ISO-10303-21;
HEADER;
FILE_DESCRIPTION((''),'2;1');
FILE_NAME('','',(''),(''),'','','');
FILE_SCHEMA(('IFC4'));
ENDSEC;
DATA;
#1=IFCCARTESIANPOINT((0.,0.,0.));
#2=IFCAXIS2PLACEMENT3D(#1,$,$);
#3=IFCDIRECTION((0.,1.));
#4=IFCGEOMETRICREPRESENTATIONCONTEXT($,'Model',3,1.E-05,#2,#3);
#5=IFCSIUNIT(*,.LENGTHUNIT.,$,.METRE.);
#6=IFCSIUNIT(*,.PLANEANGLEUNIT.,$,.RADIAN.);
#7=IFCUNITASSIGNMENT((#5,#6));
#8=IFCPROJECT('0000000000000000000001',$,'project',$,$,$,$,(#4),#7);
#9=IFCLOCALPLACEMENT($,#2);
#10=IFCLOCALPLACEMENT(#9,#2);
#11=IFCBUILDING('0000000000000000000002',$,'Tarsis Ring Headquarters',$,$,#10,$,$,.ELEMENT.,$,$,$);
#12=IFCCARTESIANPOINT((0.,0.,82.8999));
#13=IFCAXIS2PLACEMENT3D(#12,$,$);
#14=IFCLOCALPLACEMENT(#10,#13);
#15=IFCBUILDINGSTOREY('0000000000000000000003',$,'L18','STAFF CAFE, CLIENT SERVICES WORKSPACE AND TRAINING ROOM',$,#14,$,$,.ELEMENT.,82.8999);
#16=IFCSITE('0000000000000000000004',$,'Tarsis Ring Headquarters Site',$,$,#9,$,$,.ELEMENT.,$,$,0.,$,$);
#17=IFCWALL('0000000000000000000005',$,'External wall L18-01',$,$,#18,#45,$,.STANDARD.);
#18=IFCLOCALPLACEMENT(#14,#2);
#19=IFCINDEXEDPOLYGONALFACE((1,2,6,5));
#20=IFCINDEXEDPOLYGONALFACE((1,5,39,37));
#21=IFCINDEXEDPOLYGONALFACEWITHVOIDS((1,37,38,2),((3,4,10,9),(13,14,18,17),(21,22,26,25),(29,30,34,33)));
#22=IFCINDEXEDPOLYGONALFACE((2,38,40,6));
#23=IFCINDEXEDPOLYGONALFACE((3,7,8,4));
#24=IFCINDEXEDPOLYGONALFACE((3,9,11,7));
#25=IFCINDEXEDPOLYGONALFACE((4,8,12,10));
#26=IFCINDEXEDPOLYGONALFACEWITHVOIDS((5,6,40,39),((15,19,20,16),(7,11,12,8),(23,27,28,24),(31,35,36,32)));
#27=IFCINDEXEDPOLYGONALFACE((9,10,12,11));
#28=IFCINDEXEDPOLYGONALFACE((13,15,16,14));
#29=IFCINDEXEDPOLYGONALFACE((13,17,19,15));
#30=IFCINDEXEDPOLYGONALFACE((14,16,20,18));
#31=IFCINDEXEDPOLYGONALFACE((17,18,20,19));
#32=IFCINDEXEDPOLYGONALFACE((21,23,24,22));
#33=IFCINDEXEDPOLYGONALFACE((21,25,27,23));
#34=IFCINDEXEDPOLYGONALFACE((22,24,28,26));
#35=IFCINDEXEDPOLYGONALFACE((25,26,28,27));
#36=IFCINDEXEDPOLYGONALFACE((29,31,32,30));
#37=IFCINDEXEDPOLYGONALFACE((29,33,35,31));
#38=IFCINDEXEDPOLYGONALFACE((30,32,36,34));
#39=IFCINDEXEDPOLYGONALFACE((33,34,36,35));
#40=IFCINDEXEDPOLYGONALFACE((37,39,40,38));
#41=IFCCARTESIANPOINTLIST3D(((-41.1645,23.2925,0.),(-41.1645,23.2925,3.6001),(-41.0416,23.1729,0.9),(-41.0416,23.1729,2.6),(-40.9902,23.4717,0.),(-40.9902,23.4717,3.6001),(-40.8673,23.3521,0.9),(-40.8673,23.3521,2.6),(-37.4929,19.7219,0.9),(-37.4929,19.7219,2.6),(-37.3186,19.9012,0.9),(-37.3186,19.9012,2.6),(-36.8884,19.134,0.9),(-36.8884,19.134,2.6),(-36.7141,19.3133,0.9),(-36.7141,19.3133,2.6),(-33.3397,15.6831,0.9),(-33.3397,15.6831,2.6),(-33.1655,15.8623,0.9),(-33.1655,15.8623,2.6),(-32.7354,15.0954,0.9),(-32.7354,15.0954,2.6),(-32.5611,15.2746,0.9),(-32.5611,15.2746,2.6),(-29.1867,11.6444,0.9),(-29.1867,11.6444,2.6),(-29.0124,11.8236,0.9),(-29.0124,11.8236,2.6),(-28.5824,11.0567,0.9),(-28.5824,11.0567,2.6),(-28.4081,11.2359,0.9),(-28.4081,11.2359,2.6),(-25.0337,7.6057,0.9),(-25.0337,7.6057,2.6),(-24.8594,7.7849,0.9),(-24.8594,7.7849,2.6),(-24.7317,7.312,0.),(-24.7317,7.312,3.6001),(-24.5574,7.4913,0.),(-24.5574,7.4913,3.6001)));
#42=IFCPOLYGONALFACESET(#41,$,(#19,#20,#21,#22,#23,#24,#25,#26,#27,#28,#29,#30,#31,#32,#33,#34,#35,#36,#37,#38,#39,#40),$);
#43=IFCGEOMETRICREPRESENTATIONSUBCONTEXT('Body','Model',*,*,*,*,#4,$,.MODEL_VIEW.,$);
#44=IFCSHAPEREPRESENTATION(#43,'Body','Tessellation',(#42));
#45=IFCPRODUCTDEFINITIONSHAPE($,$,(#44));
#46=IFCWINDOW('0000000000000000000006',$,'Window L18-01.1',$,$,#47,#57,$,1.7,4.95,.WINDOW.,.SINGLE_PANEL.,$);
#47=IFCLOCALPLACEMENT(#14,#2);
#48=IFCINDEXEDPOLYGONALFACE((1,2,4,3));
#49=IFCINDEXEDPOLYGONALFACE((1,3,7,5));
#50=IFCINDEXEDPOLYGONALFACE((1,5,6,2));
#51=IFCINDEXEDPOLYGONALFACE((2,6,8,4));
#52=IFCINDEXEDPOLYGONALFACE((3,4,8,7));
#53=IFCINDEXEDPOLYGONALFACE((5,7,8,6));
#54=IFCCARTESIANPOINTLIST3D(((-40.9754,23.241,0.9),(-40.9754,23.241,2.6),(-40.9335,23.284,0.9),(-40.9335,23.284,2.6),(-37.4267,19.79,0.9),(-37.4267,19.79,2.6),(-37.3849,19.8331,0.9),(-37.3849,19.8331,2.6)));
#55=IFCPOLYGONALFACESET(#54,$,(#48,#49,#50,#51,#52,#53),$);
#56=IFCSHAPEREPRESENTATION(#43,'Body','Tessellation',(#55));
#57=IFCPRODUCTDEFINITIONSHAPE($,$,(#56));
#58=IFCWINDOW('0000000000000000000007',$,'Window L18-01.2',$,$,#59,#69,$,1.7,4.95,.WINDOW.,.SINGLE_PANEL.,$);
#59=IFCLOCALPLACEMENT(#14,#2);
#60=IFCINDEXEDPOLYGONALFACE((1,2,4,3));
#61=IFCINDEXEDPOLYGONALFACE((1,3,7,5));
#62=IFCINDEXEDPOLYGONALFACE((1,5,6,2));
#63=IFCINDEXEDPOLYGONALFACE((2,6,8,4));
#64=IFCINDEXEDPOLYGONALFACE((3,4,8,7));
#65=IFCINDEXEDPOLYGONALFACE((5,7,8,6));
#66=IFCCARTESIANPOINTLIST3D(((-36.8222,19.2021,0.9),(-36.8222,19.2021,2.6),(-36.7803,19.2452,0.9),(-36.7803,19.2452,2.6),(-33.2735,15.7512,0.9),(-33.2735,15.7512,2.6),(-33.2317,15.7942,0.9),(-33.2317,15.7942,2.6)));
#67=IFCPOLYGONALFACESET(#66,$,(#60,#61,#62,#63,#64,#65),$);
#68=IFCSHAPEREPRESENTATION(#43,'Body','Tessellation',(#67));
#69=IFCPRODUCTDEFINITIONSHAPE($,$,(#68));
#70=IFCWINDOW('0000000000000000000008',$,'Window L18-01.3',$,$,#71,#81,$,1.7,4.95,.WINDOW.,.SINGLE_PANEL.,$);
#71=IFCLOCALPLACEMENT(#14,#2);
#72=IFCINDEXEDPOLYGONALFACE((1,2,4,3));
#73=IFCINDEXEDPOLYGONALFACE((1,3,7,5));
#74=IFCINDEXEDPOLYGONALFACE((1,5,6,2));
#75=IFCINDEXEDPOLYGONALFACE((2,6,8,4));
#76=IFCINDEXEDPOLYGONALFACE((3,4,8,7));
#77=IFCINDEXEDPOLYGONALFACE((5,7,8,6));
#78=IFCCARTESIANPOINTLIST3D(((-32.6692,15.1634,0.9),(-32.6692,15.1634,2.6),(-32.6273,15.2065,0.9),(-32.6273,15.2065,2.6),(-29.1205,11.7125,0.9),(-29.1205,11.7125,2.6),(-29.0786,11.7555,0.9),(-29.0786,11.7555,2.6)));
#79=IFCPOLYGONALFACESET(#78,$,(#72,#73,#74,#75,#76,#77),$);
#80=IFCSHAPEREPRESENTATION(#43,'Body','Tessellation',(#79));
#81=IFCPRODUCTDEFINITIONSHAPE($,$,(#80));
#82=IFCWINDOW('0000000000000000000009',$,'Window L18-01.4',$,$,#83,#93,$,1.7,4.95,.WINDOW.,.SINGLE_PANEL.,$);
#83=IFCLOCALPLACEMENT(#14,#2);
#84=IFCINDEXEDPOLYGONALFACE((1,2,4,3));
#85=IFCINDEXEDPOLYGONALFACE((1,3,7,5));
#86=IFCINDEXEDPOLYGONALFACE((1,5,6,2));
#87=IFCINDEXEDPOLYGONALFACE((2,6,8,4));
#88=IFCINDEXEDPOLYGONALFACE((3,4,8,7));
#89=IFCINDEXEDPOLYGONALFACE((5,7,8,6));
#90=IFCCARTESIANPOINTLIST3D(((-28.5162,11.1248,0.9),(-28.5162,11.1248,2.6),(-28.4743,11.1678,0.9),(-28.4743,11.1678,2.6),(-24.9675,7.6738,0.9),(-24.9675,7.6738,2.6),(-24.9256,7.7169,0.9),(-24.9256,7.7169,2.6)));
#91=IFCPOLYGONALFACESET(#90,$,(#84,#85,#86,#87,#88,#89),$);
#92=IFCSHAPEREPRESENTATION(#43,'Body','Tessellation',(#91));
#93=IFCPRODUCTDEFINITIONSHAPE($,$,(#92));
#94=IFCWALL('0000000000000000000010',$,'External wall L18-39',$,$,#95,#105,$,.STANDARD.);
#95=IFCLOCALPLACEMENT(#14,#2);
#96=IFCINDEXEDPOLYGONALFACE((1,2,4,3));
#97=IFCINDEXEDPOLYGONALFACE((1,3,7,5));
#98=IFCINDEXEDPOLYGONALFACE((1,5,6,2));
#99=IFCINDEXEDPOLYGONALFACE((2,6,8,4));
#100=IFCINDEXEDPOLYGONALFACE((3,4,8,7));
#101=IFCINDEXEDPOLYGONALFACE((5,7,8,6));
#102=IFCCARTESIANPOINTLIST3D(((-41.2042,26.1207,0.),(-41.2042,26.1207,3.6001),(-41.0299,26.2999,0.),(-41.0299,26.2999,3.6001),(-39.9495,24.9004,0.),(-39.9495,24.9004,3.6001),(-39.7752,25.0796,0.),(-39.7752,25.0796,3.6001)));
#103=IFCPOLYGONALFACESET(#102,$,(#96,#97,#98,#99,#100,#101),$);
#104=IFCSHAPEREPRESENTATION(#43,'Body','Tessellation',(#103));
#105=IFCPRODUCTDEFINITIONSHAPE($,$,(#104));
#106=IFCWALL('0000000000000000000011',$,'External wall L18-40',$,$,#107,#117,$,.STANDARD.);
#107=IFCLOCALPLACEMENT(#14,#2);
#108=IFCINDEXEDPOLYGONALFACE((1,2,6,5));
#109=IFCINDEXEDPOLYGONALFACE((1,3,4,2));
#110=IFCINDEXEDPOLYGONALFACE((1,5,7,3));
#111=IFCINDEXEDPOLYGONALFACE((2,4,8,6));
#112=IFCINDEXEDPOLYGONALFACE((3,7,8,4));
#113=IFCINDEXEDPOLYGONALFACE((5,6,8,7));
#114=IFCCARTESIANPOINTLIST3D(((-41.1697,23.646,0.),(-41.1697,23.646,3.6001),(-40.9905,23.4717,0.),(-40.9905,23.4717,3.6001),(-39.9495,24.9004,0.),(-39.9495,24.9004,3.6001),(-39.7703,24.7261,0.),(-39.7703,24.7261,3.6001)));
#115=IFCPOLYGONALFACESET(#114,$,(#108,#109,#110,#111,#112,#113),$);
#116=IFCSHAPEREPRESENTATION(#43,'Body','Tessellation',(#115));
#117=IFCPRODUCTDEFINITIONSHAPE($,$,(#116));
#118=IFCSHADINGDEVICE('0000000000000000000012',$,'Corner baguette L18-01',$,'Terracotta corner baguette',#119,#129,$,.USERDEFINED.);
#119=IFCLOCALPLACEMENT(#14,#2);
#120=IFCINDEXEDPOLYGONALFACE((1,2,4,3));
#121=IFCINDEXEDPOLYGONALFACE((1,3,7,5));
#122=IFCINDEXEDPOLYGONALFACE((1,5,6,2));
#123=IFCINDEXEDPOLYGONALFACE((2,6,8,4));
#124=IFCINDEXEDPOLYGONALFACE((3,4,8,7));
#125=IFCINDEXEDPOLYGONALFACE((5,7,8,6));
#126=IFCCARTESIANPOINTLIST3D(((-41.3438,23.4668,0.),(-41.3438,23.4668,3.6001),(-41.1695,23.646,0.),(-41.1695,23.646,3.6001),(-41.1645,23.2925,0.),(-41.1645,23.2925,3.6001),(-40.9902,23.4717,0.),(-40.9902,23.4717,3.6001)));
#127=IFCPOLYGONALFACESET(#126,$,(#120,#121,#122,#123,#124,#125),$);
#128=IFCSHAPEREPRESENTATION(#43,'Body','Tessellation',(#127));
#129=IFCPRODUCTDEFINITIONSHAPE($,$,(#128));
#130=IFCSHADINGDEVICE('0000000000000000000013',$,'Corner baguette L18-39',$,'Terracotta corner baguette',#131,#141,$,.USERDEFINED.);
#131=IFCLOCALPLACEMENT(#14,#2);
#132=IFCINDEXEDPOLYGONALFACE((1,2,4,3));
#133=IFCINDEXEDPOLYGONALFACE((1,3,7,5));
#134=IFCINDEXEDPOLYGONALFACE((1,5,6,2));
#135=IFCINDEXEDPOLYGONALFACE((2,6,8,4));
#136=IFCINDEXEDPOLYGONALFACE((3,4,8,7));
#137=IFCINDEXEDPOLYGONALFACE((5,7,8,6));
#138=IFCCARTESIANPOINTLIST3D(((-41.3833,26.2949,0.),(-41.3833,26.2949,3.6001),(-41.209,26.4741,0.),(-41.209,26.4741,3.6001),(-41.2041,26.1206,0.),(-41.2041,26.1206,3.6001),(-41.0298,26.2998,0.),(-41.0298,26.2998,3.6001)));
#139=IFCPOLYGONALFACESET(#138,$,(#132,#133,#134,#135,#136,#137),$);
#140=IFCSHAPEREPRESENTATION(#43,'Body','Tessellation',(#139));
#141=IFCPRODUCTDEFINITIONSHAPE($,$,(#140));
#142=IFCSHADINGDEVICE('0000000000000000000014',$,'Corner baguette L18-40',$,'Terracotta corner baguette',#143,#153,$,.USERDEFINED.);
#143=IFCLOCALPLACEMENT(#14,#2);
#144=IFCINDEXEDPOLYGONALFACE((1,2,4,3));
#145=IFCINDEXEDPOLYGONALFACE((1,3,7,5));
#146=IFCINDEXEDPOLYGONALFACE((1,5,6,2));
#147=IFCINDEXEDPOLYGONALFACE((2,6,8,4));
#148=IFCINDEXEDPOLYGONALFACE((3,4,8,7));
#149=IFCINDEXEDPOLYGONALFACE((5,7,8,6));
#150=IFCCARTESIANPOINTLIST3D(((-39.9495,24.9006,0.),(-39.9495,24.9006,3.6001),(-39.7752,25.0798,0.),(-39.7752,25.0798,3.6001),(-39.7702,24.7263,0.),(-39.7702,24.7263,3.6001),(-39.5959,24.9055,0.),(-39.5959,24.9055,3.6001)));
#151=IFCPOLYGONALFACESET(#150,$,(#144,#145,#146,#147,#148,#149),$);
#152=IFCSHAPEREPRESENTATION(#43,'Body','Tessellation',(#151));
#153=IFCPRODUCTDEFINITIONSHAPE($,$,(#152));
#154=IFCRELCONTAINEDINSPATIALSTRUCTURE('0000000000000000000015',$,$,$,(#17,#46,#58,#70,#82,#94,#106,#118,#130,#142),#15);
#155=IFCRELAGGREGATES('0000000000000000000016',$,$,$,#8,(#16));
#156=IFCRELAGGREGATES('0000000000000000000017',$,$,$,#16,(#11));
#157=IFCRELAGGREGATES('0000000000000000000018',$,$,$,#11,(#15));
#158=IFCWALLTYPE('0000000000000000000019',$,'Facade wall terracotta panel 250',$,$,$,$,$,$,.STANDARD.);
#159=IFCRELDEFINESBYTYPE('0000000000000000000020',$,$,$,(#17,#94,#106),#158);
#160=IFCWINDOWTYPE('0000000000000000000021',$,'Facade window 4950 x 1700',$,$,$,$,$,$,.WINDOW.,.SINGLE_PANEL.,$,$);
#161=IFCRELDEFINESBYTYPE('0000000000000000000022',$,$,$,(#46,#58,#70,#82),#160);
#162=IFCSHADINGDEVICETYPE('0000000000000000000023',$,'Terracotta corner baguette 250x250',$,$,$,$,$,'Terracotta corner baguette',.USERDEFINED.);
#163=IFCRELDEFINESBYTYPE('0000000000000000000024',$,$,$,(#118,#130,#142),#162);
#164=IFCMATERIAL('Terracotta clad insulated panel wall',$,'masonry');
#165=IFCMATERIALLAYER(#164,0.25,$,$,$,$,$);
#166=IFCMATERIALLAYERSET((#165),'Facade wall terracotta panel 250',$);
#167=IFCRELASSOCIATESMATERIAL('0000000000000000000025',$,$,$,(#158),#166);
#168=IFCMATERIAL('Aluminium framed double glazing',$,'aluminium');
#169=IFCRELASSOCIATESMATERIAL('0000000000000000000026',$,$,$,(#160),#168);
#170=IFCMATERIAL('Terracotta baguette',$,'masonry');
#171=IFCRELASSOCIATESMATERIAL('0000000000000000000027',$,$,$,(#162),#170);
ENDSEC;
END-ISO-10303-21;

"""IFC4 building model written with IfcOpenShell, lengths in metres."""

from ifc_helpers import new_model, si_unit, direction, frame, frame_2d, origin, origin_2d, place, context, subcontext, project, spatial, rectangle, extrude, material, layer, layer_set, type_object, element, fill, save


model = new_model("IFC4")

# Units and contexts
model_context = context("Model", 3, precision=1e-05, world=origin(), true_north=direction((0.0, 1.0)))
body_context = subcontext(model_context, "Body", "Model", "MODEL_VIEW")
ifc_project = project(units=[si_unit("LENGTHUNIT", "METRE"), si_unit("PLANEANGLEUNIT", "RADIAN")], contexts=[model_context])

# Site, building, storey
site_placement = place(None, origin())
site = spatial("IfcSite", under=ifc_project, at=site_placement, Name="Tarsis Ring Headquarters Site", CompositionType="ELEMENT", RefElevation=0.0)
building_placement = place(site_placement, origin())
building = spatial("IfcBuilding", under=site, at=building_placement, Name="Tarsis Ring Headquarters", CompositionType="ELEMENT")
storey_placement = place(building_placement, frame((0.0, 0.0, 82.8999)))
storey = spatial("IfcBuildingStorey", under=building, at=storey_placement, Name="L18", Description="STAFF CAFE, CLIENT SERVICES WORKSPACE AND TRAINING ROOM", CompositionType="ELEMENT", Elevation=82.8999)

# Wall, openings, windows
ifc_material_1 = material(Name="Terracotta clad insulated panel wall", Category="masonry")
ifc_layer_1 = layer(ifc_material_1, 0.25)
ifc_layer_set_1 = layer_set([ifc_layer_1], Name="Facade wall terracotta panel 250")
wall_type_1 = type_object("IfcWallType", Name="Facade wall terracotta panel 250", PredefinedType="STANDARD", material=ifc_layer_set_1)
wall_1_placement = place(storey_placement, frame((-41.0774, 23.3821, 0.0), z_axis=(0.0, 0.0, 1.0), x_axis=(0.716906, -0.69717, 0.0)))
wall_1 = element("IfcWall", 1, at=wall_1_placement, inside=storey, type_object=wall_type_1, Name="External wall L18-01", PredefinedType="STANDARD", context=body_context, shape_type="SweptSolid", body=[
    extrude(rectangle(XDim=22.9219, YDim=0.25, at=frame_2d((11.4609, 0.0))), origin(), (0.0, 0.0, 1.0), 3.6001),
])
opening_1_placement = place(wall_1_placement, frame((0.1714, 0.0, 0.8999)))
opening_1 = element("IfcOpeningElement", 2, at=opening_1_placement, cuts=wall_1, PredefinedType="OPENING", context=body_context, shape_type="SweptSolid", body=[
    extrude(rectangle(XDim=4.95, YDim=1.7, at=frame_2d((2.4751, 0.8501))), frame((0.0, 0.135, 0.0), z_axis=(0.0, -1.0, 0.0), x_axis=(1.0, 0.0, 0.0)), (0.0, 0.0, 1.0), 0.27),
])
opening_2_placement = place(wall_1_placement, frame((5.9646, 0.0, 0.8999)))
opening_2 = element("IfcOpeningElement", 3, at=opening_2_placement, cuts=wall_1, PredefinedType="OPENING", context=body_context, shape_type="SweptSolid", body=[
    extrude(rectangle(XDim=4.95, YDim=1.7, at=frame_2d((2.4751, 0.8501))), frame((0.0, 0.135, 0.0), z_axis=(0.0, -1.0, 0.0), x_axis=(1.0, 0.0, 0.0)), (0.0, 0.0, 1.0), 0.27),
])
opening_3_placement = place(wall_1_placement, frame((11.7576, 0.0, 0.8999)))
opening_3 = element("IfcOpeningElement", 4, at=opening_3_placement, cuts=wall_1, PredefinedType="OPENING", context=body_context, shape_type="SweptSolid", body=[
    extrude(rectangle(XDim=4.95, YDim=1.7, at=frame_2d((2.4751, 0.8501))), frame((0.0, 0.135, 0.0), z_axis=(0.0, -1.0, 0.0), x_axis=(1.0, 0.0, 0.0)), (0.0, 0.0, 1.0), 0.27),
])
opening_4_placement = place(wall_1_placement, frame((17.5505, 0.0, 0.8999)))
opening_4 = element("IfcOpeningElement", 5, at=opening_4_placement, cuts=wall_1, PredefinedType="OPENING", context=body_context, shape_type="SweptSolid", body=[
    extrude(rectangle(XDim=4.95, YDim=1.7, at=frame_2d((2.4751, 0.8501))), frame((0.0, 0.135, 0.0), z_axis=(0.0, -1.0, 0.0), x_axis=(1.0, 0.0, 0.0)), (0.0, 0.0, 1.0), 0.27),
])
ifc_material_2 = material(Name="Aluminium framed double glazing", Category="aluminium")
window_type = type_object("IfcWindowType", Name="Facade window 4950 x 1700", PartitioningType="SINGLE_PANEL", PredefinedType="WINDOW", material=ifc_material_2)
window_1_placement = place(opening_1_placement, origin())
window_1 = element("IfcWindow", 6, at=window_1_placement, inside=storey, type_object=window_type, Name="Window L18-01.1", OverallHeight=1.7, OverallWidth=4.95, PartitioningType="SINGLE_PANEL", PredefinedType="WINDOW", context=body_context, shape_type="SweptSolid", body=[
    extrude(rectangle(XDim=4.95, YDim=1.7, at=frame_2d((2.4751, 0.8501))), frame((0.0, 0.03, 0.0), z_axis=(0.0, -1.0, 0.0), x_axis=(1.0, 0.0, 0.0)), (0.0, 0.0, 1.0), 0.0601),
])
fill(opening_1, window_1)
window_2_placement = place(opening_2_placement, origin())
window_2 = element("IfcWindow", 7, at=window_2_placement, inside=storey, type_object=window_type, Name="Window L18-01.2", OverallHeight=1.7, OverallWidth=4.95, PartitioningType="SINGLE_PANEL", PredefinedType="WINDOW", context=body_context, shape_type="SweptSolid", body=[
    extrude(rectangle(XDim=4.95, YDim=1.7, at=frame_2d((2.4751, 0.8501))), frame((0.0, 0.03, 0.0), z_axis=(0.0, -1.0, 0.0), x_axis=(1.0, 0.0, 0.0)), (0.0, 0.0, 1.0), 0.0601),
])
fill(opening_2, window_2)
window_3_placement = place(opening_3_placement, origin())
window_3 = element("IfcWindow", 8, at=window_3_placement, inside=storey, type_object=window_type, Name="Window L18-01.3", OverallHeight=1.7, OverallWidth=4.95, PartitioningType="SINGLE_PANEL", PredefinedType="WINDOW", context=body_context, shape_type="SweptSolid", body=[
    extrude(rectangle(XDim=4.95, YDim=1.7, at=frame_2d((2.4751, 0.8501))), frame((0.0, 0.03, 0.0), z_axis=(0.0, -1.0, 0.0), x_axis=(1.0, 0.0, 0.0)), (0.0, 0.0, 1.0), 0.0601),
])
fill(opening_3, window_3)
window_4_placement = place(opening_4_placement, origin())
window_4 = element("IfcWindow", 9, at=window_4_placement, inside=storey, type_object=window_type, Name="Window L18-01.4", OverallHeight=1.7, OverallWidth=4.95, PartitioningType="SINGLE_PANEL", PredefinedType="WINDOW", context=body_context, shape_type="SweptSolid", body=[
    extrude(rectangle(XDim=4.95, YDim=1.7, at=frame_2d((2.4751, 0.8501))), frame((0.0, 0.03, 0.0), z_axis=(0.0, -1.0, 0.0), x_axis=(1.0, 0.0, 0.0)), (0.0, 0.0, 1.0), 0.0601),
])
fill(opening_4, window_4)

# Walls
wall_2_placement = place(storey_placement, frame((-41.1169, 26.2102, 0.0), z_axis=(0.0, 0.0, 1.0), x_axis=(0.716873, -0.697204, 0.0)))
element("IfcWall", 10, at=wall_2_placement, inside=storey, type_object=wall_type_1, Name="External wall L18-39", PredefinedType="STANDARD", context=body_context, shape_type="SweptSolid", body=[
    extrude(rectangle(XDim=1.7502, YDim=0.25, at=frame_2d((0.875, 0.0))), origin(), (0.0, 0.0, 1.0), 3.6001),
])
wall_3_placement = place(storey_placement, frame((-39.8599, 24.8132, 0.0), z_axis=(0.0, 0.0, 1.0), x_axis=(-0.697274, -0.716805, 0.0)))
element("IfcWall", 11, at=wall_3_placement, inside=storey, type_object=wall_type_1, Name="External wall L18-40", PredefinedType="STANDARD", context=body_context, shape_type="SweptSolid", body=[
    extrude(rectangle(XDim=1.75, YDim=0.25, at=frame_2d((0.875, 0.0))), origin(), (0.0, 0.0, 1.0), 3.6001),
])

# Shading devices
ifc_material_3 = material(Name="Terracotta baguette", Category="masonry")
shading_device_type = type_object("IfcShadingDeviceType", Name="Terracotta corner baguette 250x250", ElementType="Terracotta corner baguette", PredefinedType="USERDEFINED", material=ifc_material_3)
for number, where, z_axis, x_axis, name in (
    (12, (-41.167, 23.4692, 0.0), (0.0, 0.0, 1.0), (-0.697165, -0.716911, 0.0), "Corner baguette L18-01"),
    (13, (-41.2065, 26.2974, 0.0), (0.0, 0.0, 1.0), (-0.697165, -0.716911, 0.0), "Corner baguette L18-39"),
    (14, (-39.7727, 24.9031, 0.0), (0.0, 0.0, 1.0), (0.716911, -0.697165, 0.0), "Corner baguette L18-40"),
):
    element("IfcShadingDevice", number, at=place(storey_placement, frame(where, z_axis=z_axis, x_axis=x_axis)), inside=storey, type_object=shading_device_type, Name=name, ObjectType="Terracotta corner baguette", PredefinedType="USERDEFINED", context=body_context, shape_type="SweptSolid", body=[
        extrude(rectangle(XDim=0.25, YDim=0.25, at=origin_2d()), origin(), (0.0, 0.0, 1.0), 3.6001),
    ])

save(model, "model.ifc")
